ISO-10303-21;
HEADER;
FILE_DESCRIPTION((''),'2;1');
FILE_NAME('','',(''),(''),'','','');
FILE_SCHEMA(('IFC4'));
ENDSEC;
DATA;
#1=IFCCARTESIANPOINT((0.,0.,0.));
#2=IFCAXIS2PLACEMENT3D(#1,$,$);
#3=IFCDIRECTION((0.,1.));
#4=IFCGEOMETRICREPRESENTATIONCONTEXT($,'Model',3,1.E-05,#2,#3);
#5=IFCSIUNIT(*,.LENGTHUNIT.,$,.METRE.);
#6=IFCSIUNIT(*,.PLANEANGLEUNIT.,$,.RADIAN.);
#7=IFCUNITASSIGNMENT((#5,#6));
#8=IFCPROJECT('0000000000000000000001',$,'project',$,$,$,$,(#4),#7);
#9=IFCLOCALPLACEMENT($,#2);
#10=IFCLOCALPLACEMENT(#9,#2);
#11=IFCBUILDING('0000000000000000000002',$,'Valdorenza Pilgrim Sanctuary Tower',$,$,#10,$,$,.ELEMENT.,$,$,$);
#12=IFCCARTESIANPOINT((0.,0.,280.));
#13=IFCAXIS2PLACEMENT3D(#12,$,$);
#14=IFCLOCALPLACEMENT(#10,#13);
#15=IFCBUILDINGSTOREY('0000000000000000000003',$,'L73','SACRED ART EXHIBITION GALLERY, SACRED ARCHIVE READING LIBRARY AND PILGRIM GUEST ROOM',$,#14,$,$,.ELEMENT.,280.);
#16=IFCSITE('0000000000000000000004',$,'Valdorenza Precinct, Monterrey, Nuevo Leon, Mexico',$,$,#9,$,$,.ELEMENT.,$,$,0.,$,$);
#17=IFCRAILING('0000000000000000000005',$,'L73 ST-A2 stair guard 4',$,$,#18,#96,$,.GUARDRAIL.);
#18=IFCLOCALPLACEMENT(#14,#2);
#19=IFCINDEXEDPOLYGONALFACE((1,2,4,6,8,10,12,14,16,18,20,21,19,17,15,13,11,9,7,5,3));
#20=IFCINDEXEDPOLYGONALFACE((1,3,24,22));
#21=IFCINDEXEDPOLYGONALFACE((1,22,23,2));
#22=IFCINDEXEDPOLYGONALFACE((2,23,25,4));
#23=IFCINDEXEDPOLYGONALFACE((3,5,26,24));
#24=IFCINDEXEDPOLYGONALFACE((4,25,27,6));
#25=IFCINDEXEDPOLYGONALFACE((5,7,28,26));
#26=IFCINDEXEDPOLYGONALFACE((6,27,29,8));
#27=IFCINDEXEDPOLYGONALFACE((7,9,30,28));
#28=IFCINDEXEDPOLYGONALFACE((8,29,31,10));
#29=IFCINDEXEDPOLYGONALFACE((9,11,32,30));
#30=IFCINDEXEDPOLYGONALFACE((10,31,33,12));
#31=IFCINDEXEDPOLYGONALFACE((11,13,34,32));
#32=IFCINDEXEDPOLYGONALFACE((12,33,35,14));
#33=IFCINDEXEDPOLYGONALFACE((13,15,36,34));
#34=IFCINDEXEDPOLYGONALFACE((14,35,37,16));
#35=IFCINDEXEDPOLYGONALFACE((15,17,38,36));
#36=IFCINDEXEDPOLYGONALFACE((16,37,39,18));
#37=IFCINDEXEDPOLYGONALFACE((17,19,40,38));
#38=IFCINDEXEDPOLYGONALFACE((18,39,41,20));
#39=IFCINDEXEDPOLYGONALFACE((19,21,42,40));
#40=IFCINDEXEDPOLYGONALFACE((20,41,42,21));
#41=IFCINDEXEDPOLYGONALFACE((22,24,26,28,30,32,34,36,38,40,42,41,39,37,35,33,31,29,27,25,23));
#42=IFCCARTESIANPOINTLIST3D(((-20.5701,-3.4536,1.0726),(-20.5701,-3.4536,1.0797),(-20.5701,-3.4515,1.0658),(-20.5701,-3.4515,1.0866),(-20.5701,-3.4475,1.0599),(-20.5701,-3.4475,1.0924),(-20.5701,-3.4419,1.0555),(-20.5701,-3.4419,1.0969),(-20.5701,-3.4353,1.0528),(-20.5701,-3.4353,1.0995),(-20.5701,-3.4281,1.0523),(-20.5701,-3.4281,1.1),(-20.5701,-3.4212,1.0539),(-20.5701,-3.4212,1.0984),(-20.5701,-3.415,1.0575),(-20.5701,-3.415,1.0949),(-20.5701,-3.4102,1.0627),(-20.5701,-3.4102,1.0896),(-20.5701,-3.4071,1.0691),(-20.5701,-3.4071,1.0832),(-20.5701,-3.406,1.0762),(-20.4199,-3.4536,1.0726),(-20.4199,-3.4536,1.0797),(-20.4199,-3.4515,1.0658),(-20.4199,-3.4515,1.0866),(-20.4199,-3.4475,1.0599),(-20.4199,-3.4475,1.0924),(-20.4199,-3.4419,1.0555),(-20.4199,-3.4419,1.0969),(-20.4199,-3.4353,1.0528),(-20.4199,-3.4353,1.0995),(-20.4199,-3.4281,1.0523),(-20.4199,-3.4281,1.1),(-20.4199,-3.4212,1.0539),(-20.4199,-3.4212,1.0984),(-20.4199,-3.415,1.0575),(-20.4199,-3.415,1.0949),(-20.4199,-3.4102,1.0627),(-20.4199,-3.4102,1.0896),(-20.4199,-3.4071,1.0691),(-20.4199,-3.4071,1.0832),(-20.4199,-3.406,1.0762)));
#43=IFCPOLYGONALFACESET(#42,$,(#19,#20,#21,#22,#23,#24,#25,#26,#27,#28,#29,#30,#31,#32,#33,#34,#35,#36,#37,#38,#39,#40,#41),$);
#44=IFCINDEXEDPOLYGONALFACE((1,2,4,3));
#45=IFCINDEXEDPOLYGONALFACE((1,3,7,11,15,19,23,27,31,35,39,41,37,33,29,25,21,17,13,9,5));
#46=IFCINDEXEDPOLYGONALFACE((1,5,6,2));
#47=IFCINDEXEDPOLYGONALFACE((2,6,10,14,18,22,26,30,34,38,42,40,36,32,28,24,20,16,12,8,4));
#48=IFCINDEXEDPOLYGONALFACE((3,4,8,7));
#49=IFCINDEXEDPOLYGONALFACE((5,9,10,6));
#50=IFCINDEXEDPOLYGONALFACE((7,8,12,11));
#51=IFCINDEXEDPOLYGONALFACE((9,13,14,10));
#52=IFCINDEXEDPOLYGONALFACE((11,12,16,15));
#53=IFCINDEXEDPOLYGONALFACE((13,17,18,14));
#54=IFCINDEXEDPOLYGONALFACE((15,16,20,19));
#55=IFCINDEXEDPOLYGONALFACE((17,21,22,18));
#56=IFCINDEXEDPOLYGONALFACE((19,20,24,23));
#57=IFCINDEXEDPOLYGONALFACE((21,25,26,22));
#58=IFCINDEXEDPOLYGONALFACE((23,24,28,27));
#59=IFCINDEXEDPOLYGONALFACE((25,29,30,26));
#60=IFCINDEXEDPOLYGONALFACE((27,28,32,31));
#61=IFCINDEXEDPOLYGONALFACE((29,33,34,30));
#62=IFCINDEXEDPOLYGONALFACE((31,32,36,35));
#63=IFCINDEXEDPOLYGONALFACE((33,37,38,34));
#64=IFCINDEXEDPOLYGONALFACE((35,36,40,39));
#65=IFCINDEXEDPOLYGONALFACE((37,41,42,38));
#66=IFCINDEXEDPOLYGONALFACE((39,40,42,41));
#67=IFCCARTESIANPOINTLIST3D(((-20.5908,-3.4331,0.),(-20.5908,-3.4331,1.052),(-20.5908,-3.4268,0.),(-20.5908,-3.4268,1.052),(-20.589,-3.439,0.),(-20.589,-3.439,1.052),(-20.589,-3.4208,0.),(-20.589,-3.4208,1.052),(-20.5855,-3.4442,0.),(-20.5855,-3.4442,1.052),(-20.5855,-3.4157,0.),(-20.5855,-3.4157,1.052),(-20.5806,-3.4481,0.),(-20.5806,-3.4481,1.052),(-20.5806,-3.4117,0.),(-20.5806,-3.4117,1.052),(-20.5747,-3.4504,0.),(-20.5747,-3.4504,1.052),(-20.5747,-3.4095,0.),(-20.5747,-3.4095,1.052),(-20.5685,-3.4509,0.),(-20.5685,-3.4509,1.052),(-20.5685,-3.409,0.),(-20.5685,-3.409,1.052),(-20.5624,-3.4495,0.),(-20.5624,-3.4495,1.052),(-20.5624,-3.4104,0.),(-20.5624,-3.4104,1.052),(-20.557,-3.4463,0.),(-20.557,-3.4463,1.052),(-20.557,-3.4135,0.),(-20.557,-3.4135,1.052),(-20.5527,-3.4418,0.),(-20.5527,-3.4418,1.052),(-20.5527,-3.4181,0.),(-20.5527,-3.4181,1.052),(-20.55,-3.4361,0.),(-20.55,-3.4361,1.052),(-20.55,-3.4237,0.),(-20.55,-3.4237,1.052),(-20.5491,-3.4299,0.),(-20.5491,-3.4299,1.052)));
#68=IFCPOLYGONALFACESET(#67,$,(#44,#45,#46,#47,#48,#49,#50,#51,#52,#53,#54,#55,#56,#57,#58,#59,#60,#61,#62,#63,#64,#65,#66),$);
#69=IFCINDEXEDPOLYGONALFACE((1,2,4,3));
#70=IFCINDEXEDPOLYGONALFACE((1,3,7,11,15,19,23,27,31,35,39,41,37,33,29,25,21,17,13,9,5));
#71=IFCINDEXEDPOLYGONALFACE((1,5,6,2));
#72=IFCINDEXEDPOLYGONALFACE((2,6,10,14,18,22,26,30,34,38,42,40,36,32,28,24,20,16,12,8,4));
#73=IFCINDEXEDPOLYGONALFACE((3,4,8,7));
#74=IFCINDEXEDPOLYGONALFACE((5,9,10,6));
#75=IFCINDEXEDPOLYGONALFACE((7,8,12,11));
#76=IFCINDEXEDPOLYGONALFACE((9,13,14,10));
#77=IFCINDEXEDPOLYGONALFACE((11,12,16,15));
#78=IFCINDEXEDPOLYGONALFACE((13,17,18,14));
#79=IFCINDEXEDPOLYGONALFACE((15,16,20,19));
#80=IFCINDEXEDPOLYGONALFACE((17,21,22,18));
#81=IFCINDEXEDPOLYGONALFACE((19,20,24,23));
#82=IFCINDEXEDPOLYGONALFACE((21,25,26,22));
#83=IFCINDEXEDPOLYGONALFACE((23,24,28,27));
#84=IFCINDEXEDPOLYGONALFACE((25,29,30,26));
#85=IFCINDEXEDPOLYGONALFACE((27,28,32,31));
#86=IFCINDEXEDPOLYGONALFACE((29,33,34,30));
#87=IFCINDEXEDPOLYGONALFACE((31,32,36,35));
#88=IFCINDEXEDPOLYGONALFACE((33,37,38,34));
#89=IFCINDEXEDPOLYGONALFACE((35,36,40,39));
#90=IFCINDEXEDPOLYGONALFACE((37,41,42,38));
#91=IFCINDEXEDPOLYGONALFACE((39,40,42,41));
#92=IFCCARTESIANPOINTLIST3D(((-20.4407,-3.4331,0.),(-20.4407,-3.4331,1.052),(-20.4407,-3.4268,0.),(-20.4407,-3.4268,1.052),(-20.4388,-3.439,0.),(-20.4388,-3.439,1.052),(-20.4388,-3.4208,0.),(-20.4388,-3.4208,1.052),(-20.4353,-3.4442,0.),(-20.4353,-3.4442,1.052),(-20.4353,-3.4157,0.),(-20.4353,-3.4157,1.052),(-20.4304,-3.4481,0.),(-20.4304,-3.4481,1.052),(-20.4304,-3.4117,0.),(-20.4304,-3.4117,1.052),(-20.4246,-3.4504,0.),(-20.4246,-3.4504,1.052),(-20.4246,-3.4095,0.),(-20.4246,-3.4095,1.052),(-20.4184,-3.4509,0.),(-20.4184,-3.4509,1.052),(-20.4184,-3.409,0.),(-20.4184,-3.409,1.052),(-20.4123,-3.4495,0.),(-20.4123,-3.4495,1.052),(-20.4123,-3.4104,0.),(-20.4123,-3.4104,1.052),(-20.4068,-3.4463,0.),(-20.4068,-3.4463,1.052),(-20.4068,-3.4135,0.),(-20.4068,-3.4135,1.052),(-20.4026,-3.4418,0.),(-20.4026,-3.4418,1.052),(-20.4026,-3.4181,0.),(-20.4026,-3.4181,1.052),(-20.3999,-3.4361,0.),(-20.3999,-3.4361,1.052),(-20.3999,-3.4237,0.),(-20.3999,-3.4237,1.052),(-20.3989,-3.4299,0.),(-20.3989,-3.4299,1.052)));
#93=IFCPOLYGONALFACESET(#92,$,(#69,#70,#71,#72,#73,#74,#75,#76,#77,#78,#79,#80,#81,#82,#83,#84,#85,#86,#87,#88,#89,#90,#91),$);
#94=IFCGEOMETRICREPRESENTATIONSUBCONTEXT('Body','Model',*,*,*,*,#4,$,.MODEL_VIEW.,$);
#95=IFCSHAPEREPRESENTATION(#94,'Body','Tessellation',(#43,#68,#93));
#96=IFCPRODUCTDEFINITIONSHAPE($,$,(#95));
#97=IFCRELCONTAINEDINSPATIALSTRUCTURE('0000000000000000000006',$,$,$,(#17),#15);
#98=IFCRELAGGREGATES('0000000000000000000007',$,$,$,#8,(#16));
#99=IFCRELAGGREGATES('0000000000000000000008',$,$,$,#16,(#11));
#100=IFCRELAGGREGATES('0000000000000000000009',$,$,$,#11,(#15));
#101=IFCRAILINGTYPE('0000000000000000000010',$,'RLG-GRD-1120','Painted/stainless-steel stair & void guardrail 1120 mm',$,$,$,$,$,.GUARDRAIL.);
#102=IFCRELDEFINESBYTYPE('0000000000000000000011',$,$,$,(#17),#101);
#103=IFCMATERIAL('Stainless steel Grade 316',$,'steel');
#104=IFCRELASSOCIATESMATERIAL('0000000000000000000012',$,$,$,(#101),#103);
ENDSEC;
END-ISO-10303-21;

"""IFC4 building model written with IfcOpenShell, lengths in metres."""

from ifc_helpers import new_model, si_unit, direction, frame, origin, origin_2d, place, context, subcontext, project, spatial, circle, extrude, material, type_object, element, save


model = new_model("IFC4")

# Units and contexts
model_context = context("Model", 3, precision=1e-05, world=origin(), true_north=direction((0.0, 1.0)))
body_context = subcontext(model_context, "Body", "Model", "MODEL_VIEW")
ifc_project = project(units=[si_unit("LENGTHUNIT", "METRE"), si_unit("PLANEANGLEUNIT", "RADIAN")], contexts=[model_context])

# Site, building, storey
site_placement = place(None, origin())
site = spatial("IfcSite", under=ifc_project, at=site_placement, Name="Valdorenza Precinct, Monterrey, Nuevo Leon, Mexico", CompositionType="ELEMENT", RefElevation=0.0)
building_placement = place(site_placement, origin())
building = spatial("IfcBuilding", under=site, at=building_placement, Name="Valdorenza Pilgrim Sanctuary Tower", CompositionType="ELEMENT")
storey_placement = place(building_placement, frame((0.0, 0.0, 280.0)))
storey = spatial("IfcBuildingStorey", under=building, at=storey_placement, Name="L73", Description="SACRED ART EXHIBITION GALLERY, SACRED ARCHIVE READING LIBRARY AND PILGRIM GUEST ROOM", CompositionType="ELEMENT", Elevation=280.0)

# Railing
ifc_material_1 = material(Name="Stainless steel Grade 316", Category="steel")
railing_type_1 = type_object("IfcRailingType", Name="RLG-GRD-1120", Description="Painted/stainless-steel stair & void guardrail 1120 mm", PredefinedType="GUARDRAIL", material=ifc_material_1)
railing_1_placement = place(storey_placement, frame((-20.5701, -3.4299, 0.0)))
element("IfcRailing", 1, at=railing_1_placement, inside=storey, type_object=railing_type_1, Name="L73 ST-A2 stair guard 4", PredefinedType="GUARDRAIL", context=body_context, shape_type="SweptSolid", body=[
    extrude(circle(Radius=0.0239, at=origin_2d()), frame((0.0, 0.0, 1.0762), z_axis=(1.0, 0.0, 0.0), x_axis=(0.0, 1.0, 0.0)), (0.0, 0.0, 1.0), 0.1501),
    extrude(circle(Radius=0.021, at=origin_2d()), origin(), (0.0, 0.0, 1.0), 1.052),
    extrude(circle(Radius=0.021, at=origin_2d()), frame((0.1501, 0.0, 0.0)), (0.0, 0.0, 1.0), 1.052),
])

save(model, "model.ifc")
